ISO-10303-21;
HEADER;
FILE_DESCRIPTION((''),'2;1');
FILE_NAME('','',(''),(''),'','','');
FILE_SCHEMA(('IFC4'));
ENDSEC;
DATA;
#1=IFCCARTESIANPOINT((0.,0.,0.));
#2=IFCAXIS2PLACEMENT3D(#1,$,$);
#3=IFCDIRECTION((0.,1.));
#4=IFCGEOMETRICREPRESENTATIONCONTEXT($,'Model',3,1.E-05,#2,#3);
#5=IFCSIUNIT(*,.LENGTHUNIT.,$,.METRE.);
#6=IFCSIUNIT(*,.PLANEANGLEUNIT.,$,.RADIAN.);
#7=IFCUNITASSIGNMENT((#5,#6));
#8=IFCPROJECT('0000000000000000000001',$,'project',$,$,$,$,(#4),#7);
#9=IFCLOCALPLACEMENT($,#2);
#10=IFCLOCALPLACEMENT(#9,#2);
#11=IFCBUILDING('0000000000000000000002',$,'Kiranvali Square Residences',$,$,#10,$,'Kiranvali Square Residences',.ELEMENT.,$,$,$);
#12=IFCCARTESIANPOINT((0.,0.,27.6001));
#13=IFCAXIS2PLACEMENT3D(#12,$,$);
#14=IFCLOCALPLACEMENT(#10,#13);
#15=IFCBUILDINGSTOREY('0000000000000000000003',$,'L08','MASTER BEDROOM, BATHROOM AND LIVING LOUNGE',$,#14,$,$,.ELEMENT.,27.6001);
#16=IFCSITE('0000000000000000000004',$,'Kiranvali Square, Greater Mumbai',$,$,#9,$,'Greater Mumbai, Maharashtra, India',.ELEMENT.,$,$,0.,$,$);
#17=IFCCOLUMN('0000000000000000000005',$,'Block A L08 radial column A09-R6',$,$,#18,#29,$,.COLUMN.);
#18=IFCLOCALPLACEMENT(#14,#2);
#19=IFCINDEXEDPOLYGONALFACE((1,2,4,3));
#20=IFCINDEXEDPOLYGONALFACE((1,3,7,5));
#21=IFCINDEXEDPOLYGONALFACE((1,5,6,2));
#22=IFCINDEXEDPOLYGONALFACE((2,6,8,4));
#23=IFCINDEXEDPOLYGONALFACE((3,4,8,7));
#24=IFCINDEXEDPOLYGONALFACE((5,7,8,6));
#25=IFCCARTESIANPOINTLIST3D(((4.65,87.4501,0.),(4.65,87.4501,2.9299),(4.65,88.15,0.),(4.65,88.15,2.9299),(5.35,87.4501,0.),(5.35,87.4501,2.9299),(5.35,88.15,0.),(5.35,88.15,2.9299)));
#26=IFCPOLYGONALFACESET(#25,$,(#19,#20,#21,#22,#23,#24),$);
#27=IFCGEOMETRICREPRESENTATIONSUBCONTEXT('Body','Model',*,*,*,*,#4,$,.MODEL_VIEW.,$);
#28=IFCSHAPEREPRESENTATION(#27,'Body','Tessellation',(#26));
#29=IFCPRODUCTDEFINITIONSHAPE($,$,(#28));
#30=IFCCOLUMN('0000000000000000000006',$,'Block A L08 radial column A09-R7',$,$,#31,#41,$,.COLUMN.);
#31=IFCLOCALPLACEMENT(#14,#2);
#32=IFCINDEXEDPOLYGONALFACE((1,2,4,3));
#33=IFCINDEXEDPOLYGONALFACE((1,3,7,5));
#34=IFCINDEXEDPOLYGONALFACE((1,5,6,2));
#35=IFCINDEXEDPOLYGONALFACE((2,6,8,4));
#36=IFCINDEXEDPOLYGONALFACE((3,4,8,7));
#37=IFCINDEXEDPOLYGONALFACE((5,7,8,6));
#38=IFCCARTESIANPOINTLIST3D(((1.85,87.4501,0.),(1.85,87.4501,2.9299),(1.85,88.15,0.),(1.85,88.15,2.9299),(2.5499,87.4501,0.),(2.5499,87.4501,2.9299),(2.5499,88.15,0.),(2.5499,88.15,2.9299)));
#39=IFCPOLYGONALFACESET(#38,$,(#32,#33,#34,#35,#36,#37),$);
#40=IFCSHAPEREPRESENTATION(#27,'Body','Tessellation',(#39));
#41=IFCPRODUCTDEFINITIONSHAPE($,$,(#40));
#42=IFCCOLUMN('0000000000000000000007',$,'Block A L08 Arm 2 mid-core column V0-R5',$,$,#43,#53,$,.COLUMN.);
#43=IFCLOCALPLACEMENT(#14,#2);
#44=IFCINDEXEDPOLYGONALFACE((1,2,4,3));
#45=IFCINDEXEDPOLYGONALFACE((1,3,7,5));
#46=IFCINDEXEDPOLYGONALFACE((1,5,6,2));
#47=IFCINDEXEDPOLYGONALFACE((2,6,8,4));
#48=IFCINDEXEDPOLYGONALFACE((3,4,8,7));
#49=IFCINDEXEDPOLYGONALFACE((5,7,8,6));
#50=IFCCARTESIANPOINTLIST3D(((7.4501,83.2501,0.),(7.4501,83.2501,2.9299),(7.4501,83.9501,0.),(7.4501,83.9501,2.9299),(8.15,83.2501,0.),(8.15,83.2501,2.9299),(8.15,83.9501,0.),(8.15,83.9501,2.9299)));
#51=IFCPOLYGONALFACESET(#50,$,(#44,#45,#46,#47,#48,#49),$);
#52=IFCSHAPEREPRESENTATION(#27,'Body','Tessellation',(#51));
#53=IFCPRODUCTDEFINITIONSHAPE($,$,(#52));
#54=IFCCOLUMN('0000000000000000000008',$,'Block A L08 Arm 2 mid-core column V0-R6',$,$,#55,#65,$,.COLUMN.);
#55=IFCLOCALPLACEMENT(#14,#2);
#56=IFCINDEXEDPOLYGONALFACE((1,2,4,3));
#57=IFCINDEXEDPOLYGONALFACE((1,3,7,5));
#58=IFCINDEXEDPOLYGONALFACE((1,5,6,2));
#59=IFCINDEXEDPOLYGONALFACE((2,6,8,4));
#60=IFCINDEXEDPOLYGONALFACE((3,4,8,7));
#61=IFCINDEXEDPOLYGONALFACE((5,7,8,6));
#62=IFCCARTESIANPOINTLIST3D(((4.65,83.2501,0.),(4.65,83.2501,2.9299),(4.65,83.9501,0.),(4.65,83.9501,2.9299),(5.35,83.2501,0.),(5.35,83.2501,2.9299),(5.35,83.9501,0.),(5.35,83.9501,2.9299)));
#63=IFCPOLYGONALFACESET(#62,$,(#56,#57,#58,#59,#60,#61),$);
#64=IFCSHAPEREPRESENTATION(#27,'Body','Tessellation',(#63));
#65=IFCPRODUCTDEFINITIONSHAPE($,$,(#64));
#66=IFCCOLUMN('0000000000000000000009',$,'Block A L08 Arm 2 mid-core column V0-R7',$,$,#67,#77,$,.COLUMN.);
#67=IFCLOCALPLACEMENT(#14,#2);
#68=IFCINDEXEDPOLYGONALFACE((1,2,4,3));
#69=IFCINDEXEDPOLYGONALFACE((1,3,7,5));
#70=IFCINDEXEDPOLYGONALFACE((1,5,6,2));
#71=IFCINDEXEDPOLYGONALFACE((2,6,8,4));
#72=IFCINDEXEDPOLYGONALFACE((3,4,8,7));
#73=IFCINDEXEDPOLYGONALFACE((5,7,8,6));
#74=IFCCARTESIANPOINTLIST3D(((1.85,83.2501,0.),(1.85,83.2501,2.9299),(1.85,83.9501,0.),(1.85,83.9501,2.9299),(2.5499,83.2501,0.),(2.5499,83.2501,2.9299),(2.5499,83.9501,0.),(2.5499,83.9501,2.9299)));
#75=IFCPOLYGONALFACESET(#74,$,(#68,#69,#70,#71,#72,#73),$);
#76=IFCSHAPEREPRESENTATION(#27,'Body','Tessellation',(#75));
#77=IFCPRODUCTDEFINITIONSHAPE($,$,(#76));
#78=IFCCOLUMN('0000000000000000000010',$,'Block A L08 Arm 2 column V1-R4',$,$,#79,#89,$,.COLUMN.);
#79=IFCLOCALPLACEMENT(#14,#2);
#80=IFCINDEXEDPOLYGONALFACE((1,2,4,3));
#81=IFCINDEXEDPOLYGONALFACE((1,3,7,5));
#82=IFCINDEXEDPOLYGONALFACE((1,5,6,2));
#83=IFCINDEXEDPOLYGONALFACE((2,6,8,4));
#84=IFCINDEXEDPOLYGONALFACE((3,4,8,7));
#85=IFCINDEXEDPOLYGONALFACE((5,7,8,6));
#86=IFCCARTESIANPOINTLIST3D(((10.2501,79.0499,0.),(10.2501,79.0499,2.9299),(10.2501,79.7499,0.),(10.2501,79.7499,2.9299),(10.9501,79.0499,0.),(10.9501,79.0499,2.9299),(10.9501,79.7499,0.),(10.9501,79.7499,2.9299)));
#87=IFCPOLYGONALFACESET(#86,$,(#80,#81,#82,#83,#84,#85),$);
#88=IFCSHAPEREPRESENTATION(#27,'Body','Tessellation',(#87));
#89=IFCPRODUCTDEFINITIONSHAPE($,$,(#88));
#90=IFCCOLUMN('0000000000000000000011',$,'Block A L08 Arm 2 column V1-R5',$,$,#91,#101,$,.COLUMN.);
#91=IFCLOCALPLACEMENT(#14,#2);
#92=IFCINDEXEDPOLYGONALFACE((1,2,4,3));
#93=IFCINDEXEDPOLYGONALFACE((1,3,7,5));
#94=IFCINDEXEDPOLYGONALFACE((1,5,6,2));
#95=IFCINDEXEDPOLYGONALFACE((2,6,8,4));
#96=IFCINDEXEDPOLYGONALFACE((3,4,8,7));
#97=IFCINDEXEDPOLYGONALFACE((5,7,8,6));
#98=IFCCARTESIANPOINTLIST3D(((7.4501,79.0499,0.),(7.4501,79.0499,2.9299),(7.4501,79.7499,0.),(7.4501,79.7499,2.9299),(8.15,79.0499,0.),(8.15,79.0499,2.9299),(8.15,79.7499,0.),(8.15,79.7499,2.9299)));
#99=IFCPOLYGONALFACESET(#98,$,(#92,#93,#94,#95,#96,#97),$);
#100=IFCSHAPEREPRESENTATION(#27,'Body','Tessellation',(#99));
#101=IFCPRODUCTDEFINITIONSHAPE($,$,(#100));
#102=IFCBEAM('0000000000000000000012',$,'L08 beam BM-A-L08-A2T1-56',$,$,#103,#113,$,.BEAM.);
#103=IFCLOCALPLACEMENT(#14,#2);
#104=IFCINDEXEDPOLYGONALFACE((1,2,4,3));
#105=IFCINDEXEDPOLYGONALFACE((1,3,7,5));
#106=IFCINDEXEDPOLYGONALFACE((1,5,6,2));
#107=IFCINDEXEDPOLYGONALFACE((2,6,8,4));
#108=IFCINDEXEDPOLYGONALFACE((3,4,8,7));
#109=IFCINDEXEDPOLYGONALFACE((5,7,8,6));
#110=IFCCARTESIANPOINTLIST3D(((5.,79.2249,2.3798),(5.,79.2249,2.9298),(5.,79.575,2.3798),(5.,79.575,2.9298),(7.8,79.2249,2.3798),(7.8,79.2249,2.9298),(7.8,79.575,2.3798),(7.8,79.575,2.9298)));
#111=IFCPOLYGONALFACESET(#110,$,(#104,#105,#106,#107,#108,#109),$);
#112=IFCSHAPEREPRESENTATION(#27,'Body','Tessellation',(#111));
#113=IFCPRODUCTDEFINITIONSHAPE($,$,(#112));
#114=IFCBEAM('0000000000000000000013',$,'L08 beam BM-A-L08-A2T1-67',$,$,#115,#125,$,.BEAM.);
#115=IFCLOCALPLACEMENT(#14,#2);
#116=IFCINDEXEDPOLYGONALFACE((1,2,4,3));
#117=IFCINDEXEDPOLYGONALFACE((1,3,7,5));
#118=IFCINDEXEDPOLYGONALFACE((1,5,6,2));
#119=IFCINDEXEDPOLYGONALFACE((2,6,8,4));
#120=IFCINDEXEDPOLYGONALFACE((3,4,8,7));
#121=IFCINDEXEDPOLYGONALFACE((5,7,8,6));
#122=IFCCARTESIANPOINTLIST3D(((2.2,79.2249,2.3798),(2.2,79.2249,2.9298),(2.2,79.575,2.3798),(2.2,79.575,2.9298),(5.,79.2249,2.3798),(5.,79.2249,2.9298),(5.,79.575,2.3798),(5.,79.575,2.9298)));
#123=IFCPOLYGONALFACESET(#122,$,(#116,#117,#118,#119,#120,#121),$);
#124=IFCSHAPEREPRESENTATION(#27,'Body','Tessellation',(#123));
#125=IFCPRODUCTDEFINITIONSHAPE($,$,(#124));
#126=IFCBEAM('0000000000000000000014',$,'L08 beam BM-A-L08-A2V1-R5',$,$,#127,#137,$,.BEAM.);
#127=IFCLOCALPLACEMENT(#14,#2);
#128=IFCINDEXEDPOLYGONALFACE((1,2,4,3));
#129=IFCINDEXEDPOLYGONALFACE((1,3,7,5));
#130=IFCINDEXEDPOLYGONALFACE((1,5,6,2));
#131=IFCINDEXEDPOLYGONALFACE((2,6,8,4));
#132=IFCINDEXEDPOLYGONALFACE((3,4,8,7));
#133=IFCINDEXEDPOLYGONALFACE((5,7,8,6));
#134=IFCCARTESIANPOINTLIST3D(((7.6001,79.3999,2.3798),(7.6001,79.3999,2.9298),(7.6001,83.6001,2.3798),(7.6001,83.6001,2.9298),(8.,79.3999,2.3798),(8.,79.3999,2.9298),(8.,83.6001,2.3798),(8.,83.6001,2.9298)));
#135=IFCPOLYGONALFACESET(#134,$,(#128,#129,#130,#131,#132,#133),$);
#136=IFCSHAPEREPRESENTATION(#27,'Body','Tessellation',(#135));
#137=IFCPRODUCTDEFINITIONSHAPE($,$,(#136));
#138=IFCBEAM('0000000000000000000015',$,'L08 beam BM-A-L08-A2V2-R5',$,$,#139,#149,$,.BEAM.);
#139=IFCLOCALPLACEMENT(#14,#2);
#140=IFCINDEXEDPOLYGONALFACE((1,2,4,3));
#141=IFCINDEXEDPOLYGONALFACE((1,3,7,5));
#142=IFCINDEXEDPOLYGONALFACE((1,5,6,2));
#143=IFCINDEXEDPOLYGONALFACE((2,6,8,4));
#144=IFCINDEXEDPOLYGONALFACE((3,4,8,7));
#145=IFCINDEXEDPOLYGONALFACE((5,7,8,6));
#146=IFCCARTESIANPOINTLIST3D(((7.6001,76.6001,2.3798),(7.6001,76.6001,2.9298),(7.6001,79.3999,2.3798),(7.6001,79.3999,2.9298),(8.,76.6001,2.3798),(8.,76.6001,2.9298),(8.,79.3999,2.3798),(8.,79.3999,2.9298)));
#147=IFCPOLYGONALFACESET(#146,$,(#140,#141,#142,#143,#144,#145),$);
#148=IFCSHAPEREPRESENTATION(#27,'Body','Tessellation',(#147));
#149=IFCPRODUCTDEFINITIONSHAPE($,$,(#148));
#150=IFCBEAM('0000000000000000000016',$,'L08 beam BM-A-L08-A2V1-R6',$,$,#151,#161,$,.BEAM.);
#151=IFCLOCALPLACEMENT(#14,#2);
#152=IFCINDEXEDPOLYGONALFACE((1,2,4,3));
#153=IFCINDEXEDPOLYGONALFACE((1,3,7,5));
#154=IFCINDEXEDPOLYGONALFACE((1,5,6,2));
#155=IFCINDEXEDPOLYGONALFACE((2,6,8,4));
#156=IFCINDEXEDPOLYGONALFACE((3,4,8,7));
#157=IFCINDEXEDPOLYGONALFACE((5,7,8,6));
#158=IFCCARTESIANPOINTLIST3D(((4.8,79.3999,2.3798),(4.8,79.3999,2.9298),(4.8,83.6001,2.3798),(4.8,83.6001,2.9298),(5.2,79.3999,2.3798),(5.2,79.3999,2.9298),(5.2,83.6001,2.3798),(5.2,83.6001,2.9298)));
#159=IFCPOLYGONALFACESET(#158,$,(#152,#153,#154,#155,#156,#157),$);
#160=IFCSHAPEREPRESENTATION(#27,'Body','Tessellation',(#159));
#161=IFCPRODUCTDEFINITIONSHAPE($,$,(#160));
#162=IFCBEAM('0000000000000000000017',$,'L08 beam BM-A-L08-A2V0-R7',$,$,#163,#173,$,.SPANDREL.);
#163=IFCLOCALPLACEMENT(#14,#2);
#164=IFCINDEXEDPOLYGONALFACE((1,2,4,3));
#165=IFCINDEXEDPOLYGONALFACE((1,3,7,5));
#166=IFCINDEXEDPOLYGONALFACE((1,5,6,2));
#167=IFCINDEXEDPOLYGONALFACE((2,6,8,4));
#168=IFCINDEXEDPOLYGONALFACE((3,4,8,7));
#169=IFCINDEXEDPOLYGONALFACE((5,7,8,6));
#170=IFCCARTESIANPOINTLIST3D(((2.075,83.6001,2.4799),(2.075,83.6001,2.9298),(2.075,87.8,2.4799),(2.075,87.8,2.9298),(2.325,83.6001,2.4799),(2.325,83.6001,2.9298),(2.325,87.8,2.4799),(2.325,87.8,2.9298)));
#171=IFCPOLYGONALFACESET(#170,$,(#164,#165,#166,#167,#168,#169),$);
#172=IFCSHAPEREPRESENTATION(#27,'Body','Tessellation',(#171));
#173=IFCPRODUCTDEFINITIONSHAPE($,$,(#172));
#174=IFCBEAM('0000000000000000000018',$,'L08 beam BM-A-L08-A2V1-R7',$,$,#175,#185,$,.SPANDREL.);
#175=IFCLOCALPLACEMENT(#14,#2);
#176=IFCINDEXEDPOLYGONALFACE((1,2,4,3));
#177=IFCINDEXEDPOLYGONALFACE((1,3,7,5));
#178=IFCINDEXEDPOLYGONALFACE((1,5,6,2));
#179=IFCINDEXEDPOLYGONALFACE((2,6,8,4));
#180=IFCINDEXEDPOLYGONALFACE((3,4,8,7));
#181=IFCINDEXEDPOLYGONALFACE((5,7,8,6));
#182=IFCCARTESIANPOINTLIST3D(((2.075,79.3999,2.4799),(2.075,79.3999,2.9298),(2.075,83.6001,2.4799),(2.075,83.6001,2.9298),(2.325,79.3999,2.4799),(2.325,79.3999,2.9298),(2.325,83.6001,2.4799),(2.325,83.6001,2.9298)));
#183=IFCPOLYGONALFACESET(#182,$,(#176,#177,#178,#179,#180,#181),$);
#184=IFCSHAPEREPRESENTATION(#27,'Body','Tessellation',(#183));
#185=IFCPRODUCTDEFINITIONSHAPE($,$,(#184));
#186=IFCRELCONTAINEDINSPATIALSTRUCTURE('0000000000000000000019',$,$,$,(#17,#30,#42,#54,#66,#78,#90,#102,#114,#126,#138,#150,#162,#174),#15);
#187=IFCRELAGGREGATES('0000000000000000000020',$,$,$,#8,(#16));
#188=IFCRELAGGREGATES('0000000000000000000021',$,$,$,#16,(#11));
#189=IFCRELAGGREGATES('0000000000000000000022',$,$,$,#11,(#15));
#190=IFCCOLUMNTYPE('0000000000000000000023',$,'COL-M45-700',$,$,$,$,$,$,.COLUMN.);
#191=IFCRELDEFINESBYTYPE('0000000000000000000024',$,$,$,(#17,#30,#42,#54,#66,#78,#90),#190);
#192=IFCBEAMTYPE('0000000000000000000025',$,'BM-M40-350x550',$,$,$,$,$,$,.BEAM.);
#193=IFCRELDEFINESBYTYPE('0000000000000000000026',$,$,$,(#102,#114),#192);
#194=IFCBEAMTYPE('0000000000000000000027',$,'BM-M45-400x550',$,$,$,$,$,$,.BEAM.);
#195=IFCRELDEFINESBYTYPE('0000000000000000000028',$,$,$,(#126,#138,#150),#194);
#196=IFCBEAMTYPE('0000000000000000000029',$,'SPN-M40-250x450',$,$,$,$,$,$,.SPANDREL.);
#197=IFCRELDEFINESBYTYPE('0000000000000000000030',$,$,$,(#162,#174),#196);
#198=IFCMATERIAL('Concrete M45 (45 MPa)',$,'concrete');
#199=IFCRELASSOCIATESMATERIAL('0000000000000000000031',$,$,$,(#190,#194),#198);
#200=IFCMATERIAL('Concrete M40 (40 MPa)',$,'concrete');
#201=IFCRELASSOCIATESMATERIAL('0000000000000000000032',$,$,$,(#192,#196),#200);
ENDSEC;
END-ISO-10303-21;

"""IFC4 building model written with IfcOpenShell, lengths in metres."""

from ifc_helpers import new_model, si_unit, direction, frame, origin, origin_2d, place, context, subcontext, project, spatial, rectangle, extrude, material, material_profile, profile_set, type_object, element, save


model = new_model("IFC4")

# Units and contexts
model_context = context("Model", 3, precision=1e-05, world=origin(), true_north=direction((0.0, 1.0)))
body_context = subcontext(model_context, "Body", "Model", "MODEL_VIEW")
ifc_project = project(units=[si_unit("LENGTHUNIT", "METRE"), si_unit("PLANEANGLEUNIT", "RADIAN")], contexts=[model_context])

# Site, building, storey
site_placement = place(None, origin())
site = spatial("IfcSite", under=ifc_project, at=site_placement, Name="Kiranvali Square, Greater Mumbai", LongName="Greater Mumbai, Maharashtra, India", CompositionType="ELEMENT", RefElevation=0.0)
building_placement = place(site_placement, origin())
building = spatial("IfcBuilding", under=site, at=building_placement, Name="Kiranvali Square Residences", LongName="Kiranvali Square Residences", CompositionType="ELEMENT")
storey_placement = place(building_placement, frame((0.0, 0.0, 27.6001)))
storey = spatial("IfcBuildingStorey", under=building, at=storey_placement, Name="L08", Description="MASTER BEDROOM, BATHROOM AND LIVING LOUNGE", CompositionType="ELEMENT", Elevation=27.6001)

# Columns
ifc_material_1 = material(Name="Concrete M45 (45 MPa)", Category="concrete")
ifc_material_profile_1 = material_profile(ifc_material_1, rectangle(XDim=0.7, YDim=0.7, at=origin_2d()), Name="RC 700x700")
ifc_profile_set_1 = profile_set([ifc_material_profile_1], Name="Concrete M45 (45 MPa)")
column_type = type_object("IfcColumnType", Name="COL-M45-700", PredefinedType="COLUMN", material=ifc_profile_set_1)
for number, where, z_axis, x_axis, name in (
    (1, (5.0, 87.8, 0.0), (0.0, 0.0, 1.0), (0.0, 1.0, 0.0), "Block A L08 radial column A09-R6"),
    (2, (2.2, 87.8, 0.0), (0.0, 0.0, 1.0), (0.0, 1.0, 0.0), "Block A L08 radial column A09-R7"),
    (3, (7.8, 83.6001, 0.0), (0.0, 0.0, 1.0), (1.0, 0.0, 0.0), "Block A L08 Arm 2 mid-core column V0-R5"),
    (4, (5.0, 83.6001, 0.0), (0.0, 0.0, 1.0), (1.0, 0.0, 0.0), "Block A L08 Arm 2 mid-core column V0-R6"),
    (5, (2.2, 83.6001, 0.0), (0.0, 0.0, 1.0), (1.0, 0.0, 0.0), "Block A L08 Arm 2 mid-core column V0-R7"),
    (6, (10.6001, 79.3999, 0.0), (0.0, 0.0, 1.0), (1.0, 0.0, 0.0), "Block A L08 Arm 2 column V1-R4"),
    (7, (7.8, 79.3999, 0.0), (0.0, 0.0, 1.0), (1.0, 0.0, 0.0), "Block A L08 Arm 2 column V1-R5"),
):
    element("IfcColumn", number, at=place(storey_placement, frame(where, z_axis=z_axis, x_axis=x_axis)), inside=storey, type_object=column_type, Name=name, PredefinedType="COLUMN", context=body_context, shape_type="SweptSolid", body=[
        extrude(rectangle(XDim=0.7, YDim=0.7, at=origin_2d()), origin(), (0.0, 0.0, 1.0), 2.9299),
    ])

# Beams
ifc_material_2 = material(Name="Concrete M40 (40 MPa)", Category="concrete")
ifc_material_profile_2 = material_profile(ifc_material_2, rectangle(XDim=0.3501, YDim=0.55, at=origin_2d()), Name="RC 350x550")
ifc_profile_set_2 = profile_set([ifc_material_profile_2], Name="Concrete M40 (40 MPa)")
beam_type_1 = type_object("IfcBeamType", Name="BM-M40-350x550", PredefinedType="BEAM", material=ifc_profile_set_2)
for number, where, z_axis, x_axis, name in (
    (8, (7.8, 79.3999, 2.6548), (-1.0, 0.0, 0.0), (0.0, -1.0, 0.0), "L08 beam BM-A-L08-A2T1-56"),
    (9, (5.0, 79.3999, 2.6548), (-1.0, 0.0, 0.0), (0.0, -1.0, 0.0), "L08 beam BM-A-L08-A2T1-67"),
):
    element("IfcBeam", number, at=place(storey_placement, frame(where, z_axis=z_axis, x_axis=x_axis)), inside=storey, type_object=beam_type_1, Name=name, PredefinedType="BEAM", context=body_context, shape_type="SweptSolid", body=[
        extrude(rectangle(XDim=0.3501, YDim=0.55, at=origin_2d()), origin(), (0.0, 0.0, 1.0), 2.8),
    ])
ifc_material_profile_3 = material_profile(ifc_material_1, rectangle(XDim=0.3999, YDim=0.55, at=origin_2d()), Name="RC 400x550")
ifc_profile_set_3 = profile_set([ifc_material_profile_3], Name="Concrete M45 (45 MPa)")
beam_type_2 = type_object("IfcBeamType", Name="BM-M45-400x550", PredefinedType="BEAM", material=ifc_profile_set_3)
beam_1_placement = place(storey_placement, frame((7.8, 83.6001, 2.6548), z_axis=(0.0, -1.0, 0.0), x_axis=(1.0, 0.0, 0.0)))
element("IfcBeam", 10, at=beam_1_placement, inside=storey, type_object=beam_type_2, Name="L08 beam BM-A-L08-A2V1-R5", PredefinedType="BEAM", context=body_context, shape_type="SweptSolid", body=[
    extrude(rectangle(XDim=0.3999, YDim=0.55, at=origin_2d()), origin(), (0.0, 0.0, 1.0), 4.2002),
])
beam_2_placement = place(storey_placement, frame((7.8, 79.3999, 2.6548), z_axis=(0.0, -1.0, 0.0), x_axis=(1.0, 0.0, 0.0)))
element("IfcBeam", 11, at=beam_2_placement, inside=storey, type_object=beam_type_2, Name="L08 beam BM-A-L08-A2V2-R5", PredefinedType="BEAM", context=body_context, shape_type="SweptSolid", body=[
    extrude(rectangle(XDim=0.3999, YDim=0.55, at=origin_2d()), origin(), (0.0, 0.0, 1.0), 2.7998),
])
beam_3_placement = place(storey_placement, frame((5.0, 83.6001, 2.6548), z_axis=(0.0, -1.0, 0.0), x_axis=(1.0, 0.0, 0.0)))
element("IfcBeam", 12, at=beam_3_placement, inside=storey, type_object=beam_type_2, Name="L08 beam BM-A-L08-A2V1-R6", PredefinedType="BEAM", context=body_context, shape_type="SweptSolid", body=[
    extrude(rectangle(XDim=0.3999, YDim=0.55, at=origin_2d()), origin(), (0.0, 0.0, 1.0), 4.2002),
])
ifc_material_profile_4 = material_profile(ifc_material_2, rectangle(XDim=0.25, YDim=0.45, at=origin_2d()), Name="RC 250x450")
ifc_profile_set_4 = profile_set([ifc_material_profile_4], Name="Concrete M40 (40 MPa)")
beam_type_3 = type_object("IfcBeamType", Name="SPN-M40-250x450", PredefinedType="SPANDREL", material=ifc_profile_set_4)
beam_4_placement = place(storey_placement, frame((2.2, 87.8, 2.7048), z_axis=(0.0, -1.0, 0.0), x_axis=(1.0, 0.0, 0.0)))
element("IfcBeam", 13, at=beam_4_placement, inside=storey, type_object=beam_type_3, Name="L08 beam BM-A-L08-A2V0-R7", PredefinedType="SPANDREL", context=body_context, shape_type="SweptSolid", body=[
    extrude(rectangle(XDim=0.25, YDim=0.45, at=origin_2d()), origin(), (0.0, 0.0, 1.0), 4.2),
])
beam_5_placement = place(storey_placement, frame((2.2, 83.6001, 2.7048), z_axis=(0.0, -1.0, 0.0), x_axis=(1.0, 0.0, 0.0)))
element("IfcBeam", 14, at=beam_5_placement, inside=storey, type_object=beam_type_3, Name="L08 beam BM-A-L08-A2V1-R7", PredefinedType="SPANDREL", context=body_context, shape_type="SweptSolid", body=[
    extrude(rectangle(XDim=0.25, YDim=0.45, at=origin_2d()), origin(), (0.0, 0.0, 1.0), 4.2002),
])

save(model, "model.ifc")
